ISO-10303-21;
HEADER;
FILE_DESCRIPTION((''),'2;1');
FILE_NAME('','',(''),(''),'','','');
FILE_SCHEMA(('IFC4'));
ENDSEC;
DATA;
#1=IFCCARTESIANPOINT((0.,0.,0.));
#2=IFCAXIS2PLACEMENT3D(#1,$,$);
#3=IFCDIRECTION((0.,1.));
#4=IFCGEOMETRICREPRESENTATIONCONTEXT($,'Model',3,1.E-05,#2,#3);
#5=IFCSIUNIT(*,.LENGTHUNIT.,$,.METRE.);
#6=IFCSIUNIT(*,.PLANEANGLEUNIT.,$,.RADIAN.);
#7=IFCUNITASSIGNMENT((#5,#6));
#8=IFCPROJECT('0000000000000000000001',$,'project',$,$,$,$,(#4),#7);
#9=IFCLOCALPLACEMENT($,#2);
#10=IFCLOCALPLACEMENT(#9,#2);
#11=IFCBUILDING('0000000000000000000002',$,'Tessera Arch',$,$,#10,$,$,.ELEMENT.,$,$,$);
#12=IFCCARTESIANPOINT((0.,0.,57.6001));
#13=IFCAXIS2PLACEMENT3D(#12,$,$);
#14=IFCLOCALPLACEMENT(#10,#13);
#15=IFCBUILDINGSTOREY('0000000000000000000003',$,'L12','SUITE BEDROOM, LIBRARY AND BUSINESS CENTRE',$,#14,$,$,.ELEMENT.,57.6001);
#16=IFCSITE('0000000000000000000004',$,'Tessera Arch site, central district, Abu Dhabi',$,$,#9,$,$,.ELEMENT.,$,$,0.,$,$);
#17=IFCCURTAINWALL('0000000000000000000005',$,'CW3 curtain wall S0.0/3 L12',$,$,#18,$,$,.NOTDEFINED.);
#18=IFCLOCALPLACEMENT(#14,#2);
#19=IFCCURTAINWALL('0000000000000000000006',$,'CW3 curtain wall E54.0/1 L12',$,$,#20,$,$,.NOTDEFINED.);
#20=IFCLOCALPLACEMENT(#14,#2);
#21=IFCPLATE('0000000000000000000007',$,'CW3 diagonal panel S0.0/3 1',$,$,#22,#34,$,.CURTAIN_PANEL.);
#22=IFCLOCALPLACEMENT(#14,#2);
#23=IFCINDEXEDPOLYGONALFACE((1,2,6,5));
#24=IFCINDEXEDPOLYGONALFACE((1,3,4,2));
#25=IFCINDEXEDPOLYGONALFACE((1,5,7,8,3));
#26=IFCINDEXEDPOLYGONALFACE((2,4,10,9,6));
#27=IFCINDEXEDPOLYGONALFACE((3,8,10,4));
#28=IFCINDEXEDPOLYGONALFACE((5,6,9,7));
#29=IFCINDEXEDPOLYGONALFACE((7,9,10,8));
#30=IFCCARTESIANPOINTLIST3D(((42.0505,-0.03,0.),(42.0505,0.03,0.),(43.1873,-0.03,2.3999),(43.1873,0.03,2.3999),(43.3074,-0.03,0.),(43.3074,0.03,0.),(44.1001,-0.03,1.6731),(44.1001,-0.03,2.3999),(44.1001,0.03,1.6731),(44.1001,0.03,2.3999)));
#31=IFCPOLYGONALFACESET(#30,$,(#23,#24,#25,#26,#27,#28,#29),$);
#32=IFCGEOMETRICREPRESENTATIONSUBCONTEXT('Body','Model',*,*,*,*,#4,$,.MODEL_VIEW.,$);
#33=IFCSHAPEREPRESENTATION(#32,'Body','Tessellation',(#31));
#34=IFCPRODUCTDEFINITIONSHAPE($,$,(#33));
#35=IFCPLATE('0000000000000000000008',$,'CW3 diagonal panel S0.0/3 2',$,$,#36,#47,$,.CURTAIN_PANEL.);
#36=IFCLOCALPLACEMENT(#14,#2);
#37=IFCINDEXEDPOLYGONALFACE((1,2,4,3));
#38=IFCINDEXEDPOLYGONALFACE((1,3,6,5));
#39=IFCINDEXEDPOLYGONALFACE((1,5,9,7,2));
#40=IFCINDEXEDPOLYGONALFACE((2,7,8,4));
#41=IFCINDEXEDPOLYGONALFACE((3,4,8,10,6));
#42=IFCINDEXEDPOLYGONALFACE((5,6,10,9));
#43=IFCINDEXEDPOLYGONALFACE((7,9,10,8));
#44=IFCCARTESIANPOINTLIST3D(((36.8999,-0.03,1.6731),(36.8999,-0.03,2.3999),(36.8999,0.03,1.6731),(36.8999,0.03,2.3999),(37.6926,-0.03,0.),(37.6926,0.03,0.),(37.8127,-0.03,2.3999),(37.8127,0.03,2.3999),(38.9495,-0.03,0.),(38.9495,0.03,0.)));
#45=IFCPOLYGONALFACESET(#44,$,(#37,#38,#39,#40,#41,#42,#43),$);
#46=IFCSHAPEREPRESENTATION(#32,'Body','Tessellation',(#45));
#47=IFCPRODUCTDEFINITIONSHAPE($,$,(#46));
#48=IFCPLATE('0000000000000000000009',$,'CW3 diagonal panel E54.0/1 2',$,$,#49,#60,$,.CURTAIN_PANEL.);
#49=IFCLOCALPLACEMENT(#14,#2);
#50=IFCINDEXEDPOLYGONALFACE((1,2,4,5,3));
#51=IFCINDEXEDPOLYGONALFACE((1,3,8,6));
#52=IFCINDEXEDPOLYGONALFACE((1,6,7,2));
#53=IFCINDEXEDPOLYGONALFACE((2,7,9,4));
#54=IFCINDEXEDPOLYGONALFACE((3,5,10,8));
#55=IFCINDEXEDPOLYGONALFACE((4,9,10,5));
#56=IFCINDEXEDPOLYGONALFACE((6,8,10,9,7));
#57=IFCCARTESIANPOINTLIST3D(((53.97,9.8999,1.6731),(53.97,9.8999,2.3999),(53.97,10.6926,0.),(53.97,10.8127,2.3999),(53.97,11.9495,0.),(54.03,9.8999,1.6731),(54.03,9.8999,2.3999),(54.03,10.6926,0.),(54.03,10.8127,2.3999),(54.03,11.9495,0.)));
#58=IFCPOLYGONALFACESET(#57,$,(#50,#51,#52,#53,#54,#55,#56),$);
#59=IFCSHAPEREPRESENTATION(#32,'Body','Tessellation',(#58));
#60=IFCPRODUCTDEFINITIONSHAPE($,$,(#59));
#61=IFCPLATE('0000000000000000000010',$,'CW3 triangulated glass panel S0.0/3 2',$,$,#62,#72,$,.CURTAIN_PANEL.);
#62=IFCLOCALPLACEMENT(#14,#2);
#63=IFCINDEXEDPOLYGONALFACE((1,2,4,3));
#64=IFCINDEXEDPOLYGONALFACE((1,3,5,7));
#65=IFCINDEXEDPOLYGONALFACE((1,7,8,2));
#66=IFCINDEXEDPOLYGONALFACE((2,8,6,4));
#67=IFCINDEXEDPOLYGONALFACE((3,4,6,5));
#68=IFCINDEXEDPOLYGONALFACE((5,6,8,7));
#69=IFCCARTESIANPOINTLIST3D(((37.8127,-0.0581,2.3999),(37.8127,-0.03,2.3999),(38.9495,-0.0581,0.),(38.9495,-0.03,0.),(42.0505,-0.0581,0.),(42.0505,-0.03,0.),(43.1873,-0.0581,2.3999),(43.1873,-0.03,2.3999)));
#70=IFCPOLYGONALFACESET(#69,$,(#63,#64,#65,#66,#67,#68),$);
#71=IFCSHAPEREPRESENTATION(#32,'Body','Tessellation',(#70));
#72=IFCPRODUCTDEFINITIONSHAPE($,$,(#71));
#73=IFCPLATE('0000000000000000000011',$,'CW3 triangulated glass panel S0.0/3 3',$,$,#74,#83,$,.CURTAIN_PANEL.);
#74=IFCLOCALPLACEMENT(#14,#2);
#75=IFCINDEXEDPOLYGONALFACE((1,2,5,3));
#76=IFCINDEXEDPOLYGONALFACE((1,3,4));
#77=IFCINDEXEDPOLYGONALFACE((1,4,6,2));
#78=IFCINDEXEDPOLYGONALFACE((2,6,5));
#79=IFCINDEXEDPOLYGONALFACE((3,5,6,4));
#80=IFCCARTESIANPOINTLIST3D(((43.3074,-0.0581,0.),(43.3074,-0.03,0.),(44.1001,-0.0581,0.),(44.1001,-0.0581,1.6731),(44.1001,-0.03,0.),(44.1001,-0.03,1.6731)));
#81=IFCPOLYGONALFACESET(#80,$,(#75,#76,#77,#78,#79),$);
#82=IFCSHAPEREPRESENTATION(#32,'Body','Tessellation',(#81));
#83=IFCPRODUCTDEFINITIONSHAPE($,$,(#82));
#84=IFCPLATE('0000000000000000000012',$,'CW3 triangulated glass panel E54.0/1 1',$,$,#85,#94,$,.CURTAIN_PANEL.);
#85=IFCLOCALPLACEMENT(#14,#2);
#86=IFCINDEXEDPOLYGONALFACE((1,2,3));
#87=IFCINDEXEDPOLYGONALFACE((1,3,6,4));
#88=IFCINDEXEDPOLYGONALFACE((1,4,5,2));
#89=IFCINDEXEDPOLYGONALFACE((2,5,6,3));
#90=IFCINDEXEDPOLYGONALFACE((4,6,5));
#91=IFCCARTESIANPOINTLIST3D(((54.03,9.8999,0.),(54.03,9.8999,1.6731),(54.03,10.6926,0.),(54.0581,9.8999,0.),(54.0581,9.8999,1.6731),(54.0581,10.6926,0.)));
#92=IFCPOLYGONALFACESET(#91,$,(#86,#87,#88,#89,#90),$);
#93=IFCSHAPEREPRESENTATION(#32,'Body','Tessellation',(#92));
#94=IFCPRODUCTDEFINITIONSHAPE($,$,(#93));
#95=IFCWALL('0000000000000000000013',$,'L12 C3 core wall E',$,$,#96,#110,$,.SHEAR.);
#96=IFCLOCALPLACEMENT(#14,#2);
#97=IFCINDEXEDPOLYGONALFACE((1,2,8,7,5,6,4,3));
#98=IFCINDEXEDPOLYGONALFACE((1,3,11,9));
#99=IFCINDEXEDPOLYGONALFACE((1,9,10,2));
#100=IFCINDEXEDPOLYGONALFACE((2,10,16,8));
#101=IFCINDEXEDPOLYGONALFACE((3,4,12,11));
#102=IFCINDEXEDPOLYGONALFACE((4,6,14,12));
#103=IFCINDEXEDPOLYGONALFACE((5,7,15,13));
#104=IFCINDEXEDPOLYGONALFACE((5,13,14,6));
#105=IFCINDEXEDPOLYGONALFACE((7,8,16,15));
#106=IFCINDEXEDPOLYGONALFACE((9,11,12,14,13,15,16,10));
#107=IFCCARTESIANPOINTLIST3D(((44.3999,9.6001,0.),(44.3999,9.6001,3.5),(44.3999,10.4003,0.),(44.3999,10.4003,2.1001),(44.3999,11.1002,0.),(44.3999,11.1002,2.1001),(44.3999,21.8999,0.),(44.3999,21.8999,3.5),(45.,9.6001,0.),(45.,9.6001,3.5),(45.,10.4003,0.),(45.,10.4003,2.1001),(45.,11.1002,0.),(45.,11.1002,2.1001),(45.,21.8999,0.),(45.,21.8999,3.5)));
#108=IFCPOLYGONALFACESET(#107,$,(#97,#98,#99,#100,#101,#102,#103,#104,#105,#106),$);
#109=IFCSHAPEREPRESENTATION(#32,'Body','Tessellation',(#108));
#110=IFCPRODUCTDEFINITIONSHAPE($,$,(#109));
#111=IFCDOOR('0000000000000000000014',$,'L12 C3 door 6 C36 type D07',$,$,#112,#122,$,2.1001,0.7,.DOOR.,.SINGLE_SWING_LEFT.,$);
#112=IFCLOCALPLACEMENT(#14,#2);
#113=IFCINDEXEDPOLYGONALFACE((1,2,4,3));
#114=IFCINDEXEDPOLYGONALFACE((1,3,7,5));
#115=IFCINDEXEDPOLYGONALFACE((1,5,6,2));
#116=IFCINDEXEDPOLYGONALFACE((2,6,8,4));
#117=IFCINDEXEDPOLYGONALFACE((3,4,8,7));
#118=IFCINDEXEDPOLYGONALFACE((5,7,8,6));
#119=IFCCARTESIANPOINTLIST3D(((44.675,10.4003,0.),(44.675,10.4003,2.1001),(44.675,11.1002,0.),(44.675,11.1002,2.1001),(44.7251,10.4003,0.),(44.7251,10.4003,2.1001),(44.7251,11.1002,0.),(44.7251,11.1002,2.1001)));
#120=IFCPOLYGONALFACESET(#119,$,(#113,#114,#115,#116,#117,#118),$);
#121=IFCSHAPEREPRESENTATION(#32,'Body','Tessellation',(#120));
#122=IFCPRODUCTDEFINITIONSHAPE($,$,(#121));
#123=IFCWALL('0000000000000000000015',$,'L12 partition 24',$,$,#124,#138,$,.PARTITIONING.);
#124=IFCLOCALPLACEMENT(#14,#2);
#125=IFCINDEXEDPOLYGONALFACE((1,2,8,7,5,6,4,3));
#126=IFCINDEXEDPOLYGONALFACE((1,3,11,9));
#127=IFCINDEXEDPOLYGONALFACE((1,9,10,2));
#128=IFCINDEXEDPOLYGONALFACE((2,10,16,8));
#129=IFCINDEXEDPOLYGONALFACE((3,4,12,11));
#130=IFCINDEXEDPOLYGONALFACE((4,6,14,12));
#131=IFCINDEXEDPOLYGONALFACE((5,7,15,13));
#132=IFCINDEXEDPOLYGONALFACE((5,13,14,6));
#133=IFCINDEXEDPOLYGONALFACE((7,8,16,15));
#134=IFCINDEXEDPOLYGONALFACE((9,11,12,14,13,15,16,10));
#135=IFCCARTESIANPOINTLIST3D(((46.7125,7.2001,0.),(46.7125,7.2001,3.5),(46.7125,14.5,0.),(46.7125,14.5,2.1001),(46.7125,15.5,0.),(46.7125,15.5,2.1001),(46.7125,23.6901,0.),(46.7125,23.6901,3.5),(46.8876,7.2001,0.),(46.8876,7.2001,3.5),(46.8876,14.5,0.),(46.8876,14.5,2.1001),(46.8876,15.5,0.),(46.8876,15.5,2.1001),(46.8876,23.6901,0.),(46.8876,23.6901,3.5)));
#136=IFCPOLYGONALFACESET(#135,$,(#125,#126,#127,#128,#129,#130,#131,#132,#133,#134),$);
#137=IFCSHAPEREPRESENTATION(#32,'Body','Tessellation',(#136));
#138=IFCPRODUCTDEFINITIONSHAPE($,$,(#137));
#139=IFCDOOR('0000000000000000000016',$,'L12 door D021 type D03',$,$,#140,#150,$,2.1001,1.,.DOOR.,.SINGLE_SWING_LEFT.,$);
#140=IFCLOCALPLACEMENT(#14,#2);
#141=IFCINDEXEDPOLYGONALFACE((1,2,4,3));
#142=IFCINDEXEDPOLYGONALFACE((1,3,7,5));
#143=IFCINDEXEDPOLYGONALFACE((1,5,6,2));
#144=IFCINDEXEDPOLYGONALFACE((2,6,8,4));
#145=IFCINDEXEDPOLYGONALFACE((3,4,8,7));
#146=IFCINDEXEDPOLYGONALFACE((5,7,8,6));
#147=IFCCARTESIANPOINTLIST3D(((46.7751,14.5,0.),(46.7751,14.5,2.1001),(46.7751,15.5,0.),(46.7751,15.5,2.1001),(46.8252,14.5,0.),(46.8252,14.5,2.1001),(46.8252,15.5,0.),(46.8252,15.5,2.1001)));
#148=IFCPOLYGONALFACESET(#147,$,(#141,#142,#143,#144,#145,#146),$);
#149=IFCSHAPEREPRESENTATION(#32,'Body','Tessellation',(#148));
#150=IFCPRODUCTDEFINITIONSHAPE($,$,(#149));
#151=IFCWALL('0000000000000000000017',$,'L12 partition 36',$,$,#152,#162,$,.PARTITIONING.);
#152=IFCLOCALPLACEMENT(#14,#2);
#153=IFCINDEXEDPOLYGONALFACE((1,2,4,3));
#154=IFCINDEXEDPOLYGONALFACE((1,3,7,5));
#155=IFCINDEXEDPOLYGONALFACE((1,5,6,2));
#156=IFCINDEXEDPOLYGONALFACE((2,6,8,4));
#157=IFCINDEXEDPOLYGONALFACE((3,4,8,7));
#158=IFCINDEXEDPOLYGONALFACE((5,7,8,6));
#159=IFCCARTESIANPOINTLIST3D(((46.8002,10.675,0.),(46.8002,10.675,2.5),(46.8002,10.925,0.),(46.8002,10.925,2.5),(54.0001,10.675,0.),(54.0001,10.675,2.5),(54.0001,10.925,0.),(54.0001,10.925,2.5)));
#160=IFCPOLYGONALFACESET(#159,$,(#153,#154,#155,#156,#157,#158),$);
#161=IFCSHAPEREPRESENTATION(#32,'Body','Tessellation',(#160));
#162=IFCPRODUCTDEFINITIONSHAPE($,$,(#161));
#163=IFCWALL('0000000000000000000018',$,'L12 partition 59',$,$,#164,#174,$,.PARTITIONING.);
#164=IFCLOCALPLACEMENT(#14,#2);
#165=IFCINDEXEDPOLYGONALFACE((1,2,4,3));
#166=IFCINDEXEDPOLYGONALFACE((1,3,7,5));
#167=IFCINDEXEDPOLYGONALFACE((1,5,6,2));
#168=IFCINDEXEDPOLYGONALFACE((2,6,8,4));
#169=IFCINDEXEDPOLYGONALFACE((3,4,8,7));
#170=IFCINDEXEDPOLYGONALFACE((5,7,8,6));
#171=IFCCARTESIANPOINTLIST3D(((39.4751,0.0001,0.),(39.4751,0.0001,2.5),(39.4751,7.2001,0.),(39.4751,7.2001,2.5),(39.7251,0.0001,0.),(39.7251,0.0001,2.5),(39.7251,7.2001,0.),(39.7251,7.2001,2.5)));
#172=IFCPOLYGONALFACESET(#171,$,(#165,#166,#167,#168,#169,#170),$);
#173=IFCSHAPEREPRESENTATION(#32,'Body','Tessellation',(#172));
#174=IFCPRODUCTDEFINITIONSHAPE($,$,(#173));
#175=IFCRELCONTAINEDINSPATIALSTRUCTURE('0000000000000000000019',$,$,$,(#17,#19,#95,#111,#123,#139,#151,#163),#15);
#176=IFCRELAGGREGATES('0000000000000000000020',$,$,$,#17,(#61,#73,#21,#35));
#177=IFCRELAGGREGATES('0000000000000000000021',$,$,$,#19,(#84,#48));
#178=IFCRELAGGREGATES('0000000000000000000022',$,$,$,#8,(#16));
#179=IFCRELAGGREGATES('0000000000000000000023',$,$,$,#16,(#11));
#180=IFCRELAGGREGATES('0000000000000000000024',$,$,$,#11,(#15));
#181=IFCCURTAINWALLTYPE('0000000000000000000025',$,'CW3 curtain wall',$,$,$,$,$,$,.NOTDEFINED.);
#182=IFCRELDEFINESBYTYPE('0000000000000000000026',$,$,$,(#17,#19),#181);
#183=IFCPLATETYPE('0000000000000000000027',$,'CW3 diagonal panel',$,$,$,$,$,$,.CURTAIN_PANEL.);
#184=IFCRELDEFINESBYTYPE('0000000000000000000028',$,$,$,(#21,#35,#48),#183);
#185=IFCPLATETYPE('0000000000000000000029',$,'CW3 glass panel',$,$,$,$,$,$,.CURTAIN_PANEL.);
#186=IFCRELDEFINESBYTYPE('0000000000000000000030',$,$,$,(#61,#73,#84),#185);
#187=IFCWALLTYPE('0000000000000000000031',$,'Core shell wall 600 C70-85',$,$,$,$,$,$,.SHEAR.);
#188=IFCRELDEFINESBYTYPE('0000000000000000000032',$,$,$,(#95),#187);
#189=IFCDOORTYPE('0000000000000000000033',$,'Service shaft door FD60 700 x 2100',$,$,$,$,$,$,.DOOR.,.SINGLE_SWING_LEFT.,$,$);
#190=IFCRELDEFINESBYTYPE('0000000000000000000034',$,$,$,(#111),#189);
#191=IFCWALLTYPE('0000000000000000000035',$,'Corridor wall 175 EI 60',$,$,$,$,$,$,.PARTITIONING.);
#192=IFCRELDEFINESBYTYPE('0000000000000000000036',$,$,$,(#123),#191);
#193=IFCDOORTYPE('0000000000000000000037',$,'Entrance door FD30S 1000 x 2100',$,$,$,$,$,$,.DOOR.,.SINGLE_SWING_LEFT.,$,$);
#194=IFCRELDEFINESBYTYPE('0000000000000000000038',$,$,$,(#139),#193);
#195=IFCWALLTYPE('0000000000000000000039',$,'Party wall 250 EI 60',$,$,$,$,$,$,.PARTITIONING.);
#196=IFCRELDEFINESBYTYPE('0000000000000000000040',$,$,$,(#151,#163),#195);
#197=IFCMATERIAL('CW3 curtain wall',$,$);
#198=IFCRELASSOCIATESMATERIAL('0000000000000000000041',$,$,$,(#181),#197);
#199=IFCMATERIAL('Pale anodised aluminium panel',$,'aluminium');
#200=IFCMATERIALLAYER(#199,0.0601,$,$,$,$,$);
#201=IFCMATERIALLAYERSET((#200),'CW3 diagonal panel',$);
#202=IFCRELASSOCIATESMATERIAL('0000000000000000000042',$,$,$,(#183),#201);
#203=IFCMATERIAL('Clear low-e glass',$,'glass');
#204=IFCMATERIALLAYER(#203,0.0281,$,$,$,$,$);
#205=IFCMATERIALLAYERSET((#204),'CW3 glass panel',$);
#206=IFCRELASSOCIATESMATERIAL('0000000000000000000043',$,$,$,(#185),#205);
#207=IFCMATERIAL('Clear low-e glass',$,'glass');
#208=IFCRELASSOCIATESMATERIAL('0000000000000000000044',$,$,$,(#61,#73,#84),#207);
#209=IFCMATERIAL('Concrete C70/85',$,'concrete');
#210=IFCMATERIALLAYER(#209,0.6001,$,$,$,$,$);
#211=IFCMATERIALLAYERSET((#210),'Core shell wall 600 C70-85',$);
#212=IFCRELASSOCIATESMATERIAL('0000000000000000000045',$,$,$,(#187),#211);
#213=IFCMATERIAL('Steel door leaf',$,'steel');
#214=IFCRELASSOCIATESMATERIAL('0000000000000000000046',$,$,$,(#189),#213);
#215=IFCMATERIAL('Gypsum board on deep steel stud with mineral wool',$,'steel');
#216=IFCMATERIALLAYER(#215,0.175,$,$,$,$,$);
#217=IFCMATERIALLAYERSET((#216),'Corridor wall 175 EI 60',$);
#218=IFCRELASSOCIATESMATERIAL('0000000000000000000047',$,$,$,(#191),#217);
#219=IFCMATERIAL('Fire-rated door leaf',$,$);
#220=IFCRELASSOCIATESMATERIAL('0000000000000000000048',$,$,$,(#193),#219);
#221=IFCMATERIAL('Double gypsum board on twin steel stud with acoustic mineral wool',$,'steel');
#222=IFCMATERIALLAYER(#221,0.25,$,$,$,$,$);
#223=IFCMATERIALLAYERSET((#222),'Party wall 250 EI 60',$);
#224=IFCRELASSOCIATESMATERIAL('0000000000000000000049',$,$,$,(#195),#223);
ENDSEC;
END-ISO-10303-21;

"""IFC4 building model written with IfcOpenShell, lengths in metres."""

from ifc_helpers import new_model, si_unit, direction, frame, frame_2d, origin, place, context, subcontext, project, spatial, polyline, rectangle, outline, extrude, material, layer, layer_set, type_object, element, fill, aggregate, save


model = new_model("IFC4")

# Units and contexts
model_context = context("Model", 3, precision=1e-05, world=origin(), true_north=direction((0.0, 1.0)))
body_context = subcontext(model_context, "Body", "Model", "MODEL_VIEW")
ifc_project = project(units=[si_unit("LENGTHUNIT", "METRE"), si_unit("PLANEANGLEUNIT", "RADIAN")], contexts=[model_context])

# Site, building, storey
site_placement = place(None, origin())
site = spatial("IfcSite", under=ifc_project, at=site_placement, Name="Tessera Arch site, central district, Abu Dhabi", CompositionType="ELEMENT", RefElevation=0.0)
building_placement = place(site_placement, origin())
building = spatial("IfcBuilding", under=site, at=building_placement, Name="Tessera Arch", CompositionType="ELEMENT")
storey_placement = place(building_placement, frame((0.0, 0.0, 57.6001)))
storey = spatial("IfcBuildingStorey", under=building, at=storey_placement, Name="L12", Description="SUITE BEDROOM, LIBRARY AND BUSINESS CENTRE", CompositionType="ELEMENT", Elevation=57.6001)

# Curtain walls
ifc_material_1 = material(Name="CW3 curtain wall")
curtain_wall_type_1 = type_object("IfcCurtainWallType", Name="CW3 curtain wall", PredefinedType="NOTDEFINED", material=ifc_material_1)
curtain_wall_1_placement = place(storey_placement, origin())
curtain_wall_1 = element("IfcCurtainWall", 1, at=curtain_wall_1_placement, inside=storey, type_object=curtain_wall_type_1, Name="CW3 curtain wall S0.0/3 L12", PredefinedType="NOTDEFINED")
curtain_wall_2_placement = place(storey_placement, origin())
curtain_wall_2 = element("IfcCurtainWall", 2, at=curtain_wall_2_placement, inside=storey, type_object=curtain_wall_type_1, Name="CW3 curtain wall E54.0/1 L12", PredefinedType="NOTDEFINED")

# Plates
ifc_material_2 = material(Name="Clear low-e glass", Category="glass")
ifc_material_3 = material(Name="Pale anodised aluminium panel", Category="aluminium")
ifc_layer_1 = layer(ifc_material_3, 0.0601)
ifc_layer_set_1 = layer_set([ifc_layer_1], Name="CW3 diagonal panel")
plate_type_1 = type_object("IfcPlateType", Name="CW3 diagonal panel", PredefinedType="CURTAIN_PANEL", material=ifc_layer_set_1)
plate_1_placement = place(storey_placement, frame((44.1001, -0.03, 2.3999), z_axis=(0.0, -1.0, 0.0), x_axis=(-1.0, 0.0, 0.0)))
plate_1 = element("IfcPlate", 3, at=plate_1_placement, type_object=plate_type_1, Name="CW3 diagonal panel S0.0/3 1", PredefinedType="CURTAIN_PANEL", context=body_context, shape_type="SweptSolid", body=[
    extrude(outline(polyline([(0.0, 0.0), (0.9128, 0.0), (2.0496, 2.3999), (0.7927, 2.3999), (0.0, 0.7268), (0.0, 0.0)])), origin(), (0.0, 0.0, -1.0), 0.0601),
])
plate_2_placement = place(storey_placement, frame((36.8999, -0.03, 2.3999), z_axis=(0.0, -1.0, 0.0), x_axis=(0.0, 0.0, -1.0)))
plate_2 = element("IfcPlate", 4, at=plate_2_placement, type_object=plate_type_1, Name="CW3 diagonal panel S0.0/3 2", PredefinedType="CURTAIN_PANEL", context=body_context, shape_type="SweptSolid", body=[
    extrude(outline(polyline([(0.0, 0.0), (0.7268, 0.0), (2.3999, 0.7927), (2.3999, 2.0496), (0.0, 0.9128), (0.0, 0.0)])), origin(), (0.0, 0.0, -1.0), 0.0601),
])
plate_3_placement = place(storey_placement, frame((54.03, 9.8999, 2.3999), z_axis=(1.0, 0.0, 0.0), x_axis=(0.0, 0.0, -1.0)))
plate_3 = element("IfcPlate", 5, at=plate_3_placement, type_object=plate_type_1, Name="CW3 diagonal panel E54.0/1 2", PredefinedType="CURTAIN_PANEL", context=body_context, shape_type="SweptSolid", body=[
    extrude(outline(polyline([(0.0, 0.0), (0.7268, 0.0), (2.3999, 0.7927), (2.3999, 2.0496), (0.0, 0.9128), (0.0, 0.0)])), origin(), (0.0, 0.0, -1.0), 0.0601),
])
ifc_material_4 = material(Name="Clear low-e glass", Category="glass")
ifc_layer_2 = layer(ifc_material_4, 0.0281)
ifc_layer_set_2 = layer_set([ifc_layer_2], Name="CW3 glass panel")
plate_type_2 = type_object("IfcPlateType", Name="CW3 glass panel", PredefinedType="CURTAIN_PANEL", material=ifc_layer_set_2)
plate_4_placement = place(storey_placement, frame((43.1873, -0.0581, 2.3999), z_axis=(0.0, -1.0, 0.0), x_axis=(-1.0, 0.0, 0.0)))
plate_4 = element("IfcPlate", 6, at=plate_4_placement, type_object=plate_type_2, material=ifc_material_2, Name="CW3 triangulated glass panel S0.0/3 2", PredefinedType="CURTAIN_PANEL", context=body_context, shape_type="SweptSolid", body=[
    extrude(outline(polyline([(0.0, 0.0), (5.3745, 0.0), (4.2378, 2.3999), (1.1367, 2.3999), (0.0, 0.0)])), origin(), (0.0, 0.0, -1.0), 0.0281),
])
plate_5_placement = place(storey_placement, frame((44.1001, -0.0581, 0.0), z_axis=(0.0, -1.0, 0.0), x_axis=(0.0, 0.0, 1.0)))
plate_5 = element("IfcPlate", 7, at=plate_5_placement, type_object=plate_type_2, material=ifc_material_2, Name="CW3 triangulated glass panel S0.0/3 3", PredefinedType="CURTAIN_PANEL", context=body_context, shape_type="SweptSolid", body=[
    extrude(outline(polyline([(0.0, 0.0), (1.6731, 0.0), (0.0, 0.7927), (0.0, 0.0)])), origin(), (0.0, 0.0, -1.0), 0.0281),
])
aggregate(curtain_wall_1, [plate_4, plate_5, plate_1, plate_2])
plate_6_placement = place(storey_placement, frame((54.0581, 9.8999, 0.0), z_axis=(1.0, 0.0, 0.0), x_axis=(0.0, 1.0, 0.0)))
plate_6 = element("IfcPlate", 8, at=plate_6_placement, type_object=plate_type_2, material=ifc_material_2, Name="CW3 triangulated glass panel E54.0/1 1", PredefinedType="CURTAIN_PANEL", context=body_context, shape_type="SweptSolid", body=[
    extrude(outline(polyline([(0.0, 0.0), (0.7927, 0.0), (0.0, 1.6731), (0.0, 0.0)])), origin(), (0.0, 0.0, -1.0), 0.0281),
])
aggregate(curtain_wall_2, [plate_6, plate_3])

# Walls, openings, doors
ifc_material_5 = material(Name="Concrete C70/85", Category="concrete")
ifc_layer_3 = layer(ifc_material_5, 0.6001)
ifc_layer_set_3 = layer_set([ifc_layer_3], Name="Core shell wall 600 C70-85")
wall_type_1 = type_object("IfcWallType", Name="Core shell wall 600 C70-85", PredefinedType="SHEAR", material=ifc_layer_set_3)
wall_1_placement = place(storey_placement, frame((44.7, 9.6001, 0.0), z_axis=(0.0, 0.0, 1.0), x_axis=(0.0, 1.0, 0.0)))
wall_1 = element("IfcWall", 9, at=wall_1_placement, inside=storey, type_object=wall_type_1, Name="L12 C3 core wall E", PredefinedType="SHEAR", context=body_context, shape_type="SweptSolid", body=[
    extrude(rectangle(XDim=12.2998, YDim=0.6001, at=frame_2d((6.1499, 0.0))), origin(), (0.0, 0.0, 1.0), 3.5),
])
opening_1_placement = place(wall_1_placement, frame((0.8, 0.0, 0.0)))
opening_1 = element("IfcOpeningElement", 10, at=opening_1_placement, cuts=wall_1, PredefinedType="OPENING", context=body_context, shape_type="SweptSolid", body=[
    extrude(rectangle(XDim=0.7, YDim=2.1001, at=frame_2d((0.3501, 1.05))), frame((0.0, 0.3101, 0.0), z_axis=(0.0, -1.0, 0.0), x_axis=(1.0, 0.0, 0.0)), (0.0, 0.0, 1.0), 0.6201),
])
ifc_material_6 = material(Name="Steel door leaf", Category="steel")
door_type_1 = type_object("IfcDoorType", Name="Service shaft door FD60 700 x 2100", OperationType="SINGLE_SWING_LEFT", PredefinedType="DOOR", material=ifc_material_6)
door_1_placement = place(opening_1_placement, origin())
door_1 = element("IfcDoor", 11, at=door_1_placement, inside=storey, type_object=door_type_1, Name="L12 C3 door 6 C36 type D07", OperationType="SINGLE_SWING_LEFT", OverallHeight=2.1001, OverallWidth=0.7, PredefinedType="DOOR", context=body_context, shape_type="SweptSolid", body=[
    extrude(rectangle(XDim=0.7, YDim=2.1001, at=frame_2d((0.3501, 1.05))), frame((0.0, 0.0249, 0.0), z_axis=(0.0, -1.0, 0.0), x_axis=(1.0, 0.0, 0.0)), (0.0, 0.0, 1.0), 0.05),
])
fill(opening_1, door_1)
ifc_material_7 = material(Name="Gypsum board on deep steel stud with mineral wool", Category="steel")
ifc_layer_4 = layer(ifc_material_7, 0.175)
ifc_layer_set_4 = layer_set([ifc_layer_4], Name="Corridor wall 175 EI 60")
wall_type_2 = type_object("IfcWallType", Name="Corridor wall 175 EI 60", PredefinedType="PARTITIONING", material=ifc_layer_set_4)
wall_2_placement = place(storey_placement, frame((46.8, 7.2, 0.0), z_axis=(0.0, 0.0, 1.0), x_axis=(0.0, 1.0, 0.0)))
wall_2 = element("IfcWall", 12, at=wall_2_placement, inside=storey, type_object=wall_type_2, Name="L12 partition 24", PredefinedType="PARTITIONING", context=body_context, shape_type="SweptSolid", body=[
    extrude(rectangle(XDim=16.49, YDim=0.175, at=frame_2d((8.2451, 0.0))), origin(), (0.0, 0.0, 1.0), 3.5),
])
opening_2_placement = place(wall_2_placement, frame((7.3, 0.0, 0.0)))
opening_2 = element("IfcOpeningElement", 13, at=opening_2_placement, cuts=wall_2, PredefinedType="OPENING", context=body_context, shape_type="SweptSolid", body=[
    extrude(rectangle(XDim=1.0, YDim=2.1001, at=frame_2d((0.5, 1.05))), frame((0.0, 0.0974, 0.0), z_axis=(0.0, -1.0, 0.0), x_axis=(1.0, 0.0, 0.0)), (0.0, 0.0, 1.0), 0.1951),
])
ifc_material_8 = material(Name="Fire-rated door leaf")
door_type_2 = type_object("IfcDoorType", Name="Entrance door FD30S 1000 x 2100", OperationType="SINGLE_SWING_LEFT", PredefinedType="DOOR", material=ifc_material_8)
door_2_placement = place(opening_2_placement, origin())
door_2 = element("IfcDoor", 14, at=door_2_placement, inside=storey, type_object=door_type_2, Name="L12 door D021 type D03", OperationType="SINGLE_SWING_LEFT", OverallHeight=2.1001, OverallWidth=1.0, PredefinedType="DOOR", context=body_context, shape_type="SweptSolid", body=[
    extrude(rectangle(XDim=1.0, YDim=2.1001, at=frame_2d((0.5, 1.05))), frame((0.0, 0.0249, 0.0), z_axis=(0.0, -1.0, 0.0), x_axis=(1.0, 0.0, 0.0)), (0.0, 0.0, 1.0), 0.05),
])
fill(opening_2, door_2)

# Walls
ifc_material_9 = material(Name="Double gypsum board on twin steel stud with acoustic mineral wool", Category="steel")
ifc_layer_5 = layer(ifc_material_9, 0.25)
ifc_layer_set_5 = layer_set([ifc_layer_5], Name="Party wall 250 EI 60")
wall_type_3 = type_object("IfcWallType", Name="Party wall 250 EI 60", PredefinedType="PARTITIONING", material=ifc_layer_set_5)
for number, where, z_axis, x_axis, name in (
    (15, (46.8, 10.8, 0.0), (0.0, 0.0, 1.0), (1.0, 0.0, 0.0), "L12 partition 36"),
    (16, (39.6001, 0.0, 0.0), (0.0, 0.0, 1.0), (0.0, 1.0, 0.0), "L12 partition 59"),
):
    element("IfcWall", number, at=place(storey_placement, frame(where, z_axis=z_axis, x_axis=x_axis)), inside=storey, type_object=wall_type_3, Name=name, PredefinedType="PARTITIONING", context=body_context, shape_type="SweptSolid", body=[
        extrude(rectangle(XDim=7.2, YDim=0.25, at=frame_2d((3.6001, 0.0))), origin(), (0.0, 0.0, 1.0), 2.5),
    ])

save(model, "model.ifc")
